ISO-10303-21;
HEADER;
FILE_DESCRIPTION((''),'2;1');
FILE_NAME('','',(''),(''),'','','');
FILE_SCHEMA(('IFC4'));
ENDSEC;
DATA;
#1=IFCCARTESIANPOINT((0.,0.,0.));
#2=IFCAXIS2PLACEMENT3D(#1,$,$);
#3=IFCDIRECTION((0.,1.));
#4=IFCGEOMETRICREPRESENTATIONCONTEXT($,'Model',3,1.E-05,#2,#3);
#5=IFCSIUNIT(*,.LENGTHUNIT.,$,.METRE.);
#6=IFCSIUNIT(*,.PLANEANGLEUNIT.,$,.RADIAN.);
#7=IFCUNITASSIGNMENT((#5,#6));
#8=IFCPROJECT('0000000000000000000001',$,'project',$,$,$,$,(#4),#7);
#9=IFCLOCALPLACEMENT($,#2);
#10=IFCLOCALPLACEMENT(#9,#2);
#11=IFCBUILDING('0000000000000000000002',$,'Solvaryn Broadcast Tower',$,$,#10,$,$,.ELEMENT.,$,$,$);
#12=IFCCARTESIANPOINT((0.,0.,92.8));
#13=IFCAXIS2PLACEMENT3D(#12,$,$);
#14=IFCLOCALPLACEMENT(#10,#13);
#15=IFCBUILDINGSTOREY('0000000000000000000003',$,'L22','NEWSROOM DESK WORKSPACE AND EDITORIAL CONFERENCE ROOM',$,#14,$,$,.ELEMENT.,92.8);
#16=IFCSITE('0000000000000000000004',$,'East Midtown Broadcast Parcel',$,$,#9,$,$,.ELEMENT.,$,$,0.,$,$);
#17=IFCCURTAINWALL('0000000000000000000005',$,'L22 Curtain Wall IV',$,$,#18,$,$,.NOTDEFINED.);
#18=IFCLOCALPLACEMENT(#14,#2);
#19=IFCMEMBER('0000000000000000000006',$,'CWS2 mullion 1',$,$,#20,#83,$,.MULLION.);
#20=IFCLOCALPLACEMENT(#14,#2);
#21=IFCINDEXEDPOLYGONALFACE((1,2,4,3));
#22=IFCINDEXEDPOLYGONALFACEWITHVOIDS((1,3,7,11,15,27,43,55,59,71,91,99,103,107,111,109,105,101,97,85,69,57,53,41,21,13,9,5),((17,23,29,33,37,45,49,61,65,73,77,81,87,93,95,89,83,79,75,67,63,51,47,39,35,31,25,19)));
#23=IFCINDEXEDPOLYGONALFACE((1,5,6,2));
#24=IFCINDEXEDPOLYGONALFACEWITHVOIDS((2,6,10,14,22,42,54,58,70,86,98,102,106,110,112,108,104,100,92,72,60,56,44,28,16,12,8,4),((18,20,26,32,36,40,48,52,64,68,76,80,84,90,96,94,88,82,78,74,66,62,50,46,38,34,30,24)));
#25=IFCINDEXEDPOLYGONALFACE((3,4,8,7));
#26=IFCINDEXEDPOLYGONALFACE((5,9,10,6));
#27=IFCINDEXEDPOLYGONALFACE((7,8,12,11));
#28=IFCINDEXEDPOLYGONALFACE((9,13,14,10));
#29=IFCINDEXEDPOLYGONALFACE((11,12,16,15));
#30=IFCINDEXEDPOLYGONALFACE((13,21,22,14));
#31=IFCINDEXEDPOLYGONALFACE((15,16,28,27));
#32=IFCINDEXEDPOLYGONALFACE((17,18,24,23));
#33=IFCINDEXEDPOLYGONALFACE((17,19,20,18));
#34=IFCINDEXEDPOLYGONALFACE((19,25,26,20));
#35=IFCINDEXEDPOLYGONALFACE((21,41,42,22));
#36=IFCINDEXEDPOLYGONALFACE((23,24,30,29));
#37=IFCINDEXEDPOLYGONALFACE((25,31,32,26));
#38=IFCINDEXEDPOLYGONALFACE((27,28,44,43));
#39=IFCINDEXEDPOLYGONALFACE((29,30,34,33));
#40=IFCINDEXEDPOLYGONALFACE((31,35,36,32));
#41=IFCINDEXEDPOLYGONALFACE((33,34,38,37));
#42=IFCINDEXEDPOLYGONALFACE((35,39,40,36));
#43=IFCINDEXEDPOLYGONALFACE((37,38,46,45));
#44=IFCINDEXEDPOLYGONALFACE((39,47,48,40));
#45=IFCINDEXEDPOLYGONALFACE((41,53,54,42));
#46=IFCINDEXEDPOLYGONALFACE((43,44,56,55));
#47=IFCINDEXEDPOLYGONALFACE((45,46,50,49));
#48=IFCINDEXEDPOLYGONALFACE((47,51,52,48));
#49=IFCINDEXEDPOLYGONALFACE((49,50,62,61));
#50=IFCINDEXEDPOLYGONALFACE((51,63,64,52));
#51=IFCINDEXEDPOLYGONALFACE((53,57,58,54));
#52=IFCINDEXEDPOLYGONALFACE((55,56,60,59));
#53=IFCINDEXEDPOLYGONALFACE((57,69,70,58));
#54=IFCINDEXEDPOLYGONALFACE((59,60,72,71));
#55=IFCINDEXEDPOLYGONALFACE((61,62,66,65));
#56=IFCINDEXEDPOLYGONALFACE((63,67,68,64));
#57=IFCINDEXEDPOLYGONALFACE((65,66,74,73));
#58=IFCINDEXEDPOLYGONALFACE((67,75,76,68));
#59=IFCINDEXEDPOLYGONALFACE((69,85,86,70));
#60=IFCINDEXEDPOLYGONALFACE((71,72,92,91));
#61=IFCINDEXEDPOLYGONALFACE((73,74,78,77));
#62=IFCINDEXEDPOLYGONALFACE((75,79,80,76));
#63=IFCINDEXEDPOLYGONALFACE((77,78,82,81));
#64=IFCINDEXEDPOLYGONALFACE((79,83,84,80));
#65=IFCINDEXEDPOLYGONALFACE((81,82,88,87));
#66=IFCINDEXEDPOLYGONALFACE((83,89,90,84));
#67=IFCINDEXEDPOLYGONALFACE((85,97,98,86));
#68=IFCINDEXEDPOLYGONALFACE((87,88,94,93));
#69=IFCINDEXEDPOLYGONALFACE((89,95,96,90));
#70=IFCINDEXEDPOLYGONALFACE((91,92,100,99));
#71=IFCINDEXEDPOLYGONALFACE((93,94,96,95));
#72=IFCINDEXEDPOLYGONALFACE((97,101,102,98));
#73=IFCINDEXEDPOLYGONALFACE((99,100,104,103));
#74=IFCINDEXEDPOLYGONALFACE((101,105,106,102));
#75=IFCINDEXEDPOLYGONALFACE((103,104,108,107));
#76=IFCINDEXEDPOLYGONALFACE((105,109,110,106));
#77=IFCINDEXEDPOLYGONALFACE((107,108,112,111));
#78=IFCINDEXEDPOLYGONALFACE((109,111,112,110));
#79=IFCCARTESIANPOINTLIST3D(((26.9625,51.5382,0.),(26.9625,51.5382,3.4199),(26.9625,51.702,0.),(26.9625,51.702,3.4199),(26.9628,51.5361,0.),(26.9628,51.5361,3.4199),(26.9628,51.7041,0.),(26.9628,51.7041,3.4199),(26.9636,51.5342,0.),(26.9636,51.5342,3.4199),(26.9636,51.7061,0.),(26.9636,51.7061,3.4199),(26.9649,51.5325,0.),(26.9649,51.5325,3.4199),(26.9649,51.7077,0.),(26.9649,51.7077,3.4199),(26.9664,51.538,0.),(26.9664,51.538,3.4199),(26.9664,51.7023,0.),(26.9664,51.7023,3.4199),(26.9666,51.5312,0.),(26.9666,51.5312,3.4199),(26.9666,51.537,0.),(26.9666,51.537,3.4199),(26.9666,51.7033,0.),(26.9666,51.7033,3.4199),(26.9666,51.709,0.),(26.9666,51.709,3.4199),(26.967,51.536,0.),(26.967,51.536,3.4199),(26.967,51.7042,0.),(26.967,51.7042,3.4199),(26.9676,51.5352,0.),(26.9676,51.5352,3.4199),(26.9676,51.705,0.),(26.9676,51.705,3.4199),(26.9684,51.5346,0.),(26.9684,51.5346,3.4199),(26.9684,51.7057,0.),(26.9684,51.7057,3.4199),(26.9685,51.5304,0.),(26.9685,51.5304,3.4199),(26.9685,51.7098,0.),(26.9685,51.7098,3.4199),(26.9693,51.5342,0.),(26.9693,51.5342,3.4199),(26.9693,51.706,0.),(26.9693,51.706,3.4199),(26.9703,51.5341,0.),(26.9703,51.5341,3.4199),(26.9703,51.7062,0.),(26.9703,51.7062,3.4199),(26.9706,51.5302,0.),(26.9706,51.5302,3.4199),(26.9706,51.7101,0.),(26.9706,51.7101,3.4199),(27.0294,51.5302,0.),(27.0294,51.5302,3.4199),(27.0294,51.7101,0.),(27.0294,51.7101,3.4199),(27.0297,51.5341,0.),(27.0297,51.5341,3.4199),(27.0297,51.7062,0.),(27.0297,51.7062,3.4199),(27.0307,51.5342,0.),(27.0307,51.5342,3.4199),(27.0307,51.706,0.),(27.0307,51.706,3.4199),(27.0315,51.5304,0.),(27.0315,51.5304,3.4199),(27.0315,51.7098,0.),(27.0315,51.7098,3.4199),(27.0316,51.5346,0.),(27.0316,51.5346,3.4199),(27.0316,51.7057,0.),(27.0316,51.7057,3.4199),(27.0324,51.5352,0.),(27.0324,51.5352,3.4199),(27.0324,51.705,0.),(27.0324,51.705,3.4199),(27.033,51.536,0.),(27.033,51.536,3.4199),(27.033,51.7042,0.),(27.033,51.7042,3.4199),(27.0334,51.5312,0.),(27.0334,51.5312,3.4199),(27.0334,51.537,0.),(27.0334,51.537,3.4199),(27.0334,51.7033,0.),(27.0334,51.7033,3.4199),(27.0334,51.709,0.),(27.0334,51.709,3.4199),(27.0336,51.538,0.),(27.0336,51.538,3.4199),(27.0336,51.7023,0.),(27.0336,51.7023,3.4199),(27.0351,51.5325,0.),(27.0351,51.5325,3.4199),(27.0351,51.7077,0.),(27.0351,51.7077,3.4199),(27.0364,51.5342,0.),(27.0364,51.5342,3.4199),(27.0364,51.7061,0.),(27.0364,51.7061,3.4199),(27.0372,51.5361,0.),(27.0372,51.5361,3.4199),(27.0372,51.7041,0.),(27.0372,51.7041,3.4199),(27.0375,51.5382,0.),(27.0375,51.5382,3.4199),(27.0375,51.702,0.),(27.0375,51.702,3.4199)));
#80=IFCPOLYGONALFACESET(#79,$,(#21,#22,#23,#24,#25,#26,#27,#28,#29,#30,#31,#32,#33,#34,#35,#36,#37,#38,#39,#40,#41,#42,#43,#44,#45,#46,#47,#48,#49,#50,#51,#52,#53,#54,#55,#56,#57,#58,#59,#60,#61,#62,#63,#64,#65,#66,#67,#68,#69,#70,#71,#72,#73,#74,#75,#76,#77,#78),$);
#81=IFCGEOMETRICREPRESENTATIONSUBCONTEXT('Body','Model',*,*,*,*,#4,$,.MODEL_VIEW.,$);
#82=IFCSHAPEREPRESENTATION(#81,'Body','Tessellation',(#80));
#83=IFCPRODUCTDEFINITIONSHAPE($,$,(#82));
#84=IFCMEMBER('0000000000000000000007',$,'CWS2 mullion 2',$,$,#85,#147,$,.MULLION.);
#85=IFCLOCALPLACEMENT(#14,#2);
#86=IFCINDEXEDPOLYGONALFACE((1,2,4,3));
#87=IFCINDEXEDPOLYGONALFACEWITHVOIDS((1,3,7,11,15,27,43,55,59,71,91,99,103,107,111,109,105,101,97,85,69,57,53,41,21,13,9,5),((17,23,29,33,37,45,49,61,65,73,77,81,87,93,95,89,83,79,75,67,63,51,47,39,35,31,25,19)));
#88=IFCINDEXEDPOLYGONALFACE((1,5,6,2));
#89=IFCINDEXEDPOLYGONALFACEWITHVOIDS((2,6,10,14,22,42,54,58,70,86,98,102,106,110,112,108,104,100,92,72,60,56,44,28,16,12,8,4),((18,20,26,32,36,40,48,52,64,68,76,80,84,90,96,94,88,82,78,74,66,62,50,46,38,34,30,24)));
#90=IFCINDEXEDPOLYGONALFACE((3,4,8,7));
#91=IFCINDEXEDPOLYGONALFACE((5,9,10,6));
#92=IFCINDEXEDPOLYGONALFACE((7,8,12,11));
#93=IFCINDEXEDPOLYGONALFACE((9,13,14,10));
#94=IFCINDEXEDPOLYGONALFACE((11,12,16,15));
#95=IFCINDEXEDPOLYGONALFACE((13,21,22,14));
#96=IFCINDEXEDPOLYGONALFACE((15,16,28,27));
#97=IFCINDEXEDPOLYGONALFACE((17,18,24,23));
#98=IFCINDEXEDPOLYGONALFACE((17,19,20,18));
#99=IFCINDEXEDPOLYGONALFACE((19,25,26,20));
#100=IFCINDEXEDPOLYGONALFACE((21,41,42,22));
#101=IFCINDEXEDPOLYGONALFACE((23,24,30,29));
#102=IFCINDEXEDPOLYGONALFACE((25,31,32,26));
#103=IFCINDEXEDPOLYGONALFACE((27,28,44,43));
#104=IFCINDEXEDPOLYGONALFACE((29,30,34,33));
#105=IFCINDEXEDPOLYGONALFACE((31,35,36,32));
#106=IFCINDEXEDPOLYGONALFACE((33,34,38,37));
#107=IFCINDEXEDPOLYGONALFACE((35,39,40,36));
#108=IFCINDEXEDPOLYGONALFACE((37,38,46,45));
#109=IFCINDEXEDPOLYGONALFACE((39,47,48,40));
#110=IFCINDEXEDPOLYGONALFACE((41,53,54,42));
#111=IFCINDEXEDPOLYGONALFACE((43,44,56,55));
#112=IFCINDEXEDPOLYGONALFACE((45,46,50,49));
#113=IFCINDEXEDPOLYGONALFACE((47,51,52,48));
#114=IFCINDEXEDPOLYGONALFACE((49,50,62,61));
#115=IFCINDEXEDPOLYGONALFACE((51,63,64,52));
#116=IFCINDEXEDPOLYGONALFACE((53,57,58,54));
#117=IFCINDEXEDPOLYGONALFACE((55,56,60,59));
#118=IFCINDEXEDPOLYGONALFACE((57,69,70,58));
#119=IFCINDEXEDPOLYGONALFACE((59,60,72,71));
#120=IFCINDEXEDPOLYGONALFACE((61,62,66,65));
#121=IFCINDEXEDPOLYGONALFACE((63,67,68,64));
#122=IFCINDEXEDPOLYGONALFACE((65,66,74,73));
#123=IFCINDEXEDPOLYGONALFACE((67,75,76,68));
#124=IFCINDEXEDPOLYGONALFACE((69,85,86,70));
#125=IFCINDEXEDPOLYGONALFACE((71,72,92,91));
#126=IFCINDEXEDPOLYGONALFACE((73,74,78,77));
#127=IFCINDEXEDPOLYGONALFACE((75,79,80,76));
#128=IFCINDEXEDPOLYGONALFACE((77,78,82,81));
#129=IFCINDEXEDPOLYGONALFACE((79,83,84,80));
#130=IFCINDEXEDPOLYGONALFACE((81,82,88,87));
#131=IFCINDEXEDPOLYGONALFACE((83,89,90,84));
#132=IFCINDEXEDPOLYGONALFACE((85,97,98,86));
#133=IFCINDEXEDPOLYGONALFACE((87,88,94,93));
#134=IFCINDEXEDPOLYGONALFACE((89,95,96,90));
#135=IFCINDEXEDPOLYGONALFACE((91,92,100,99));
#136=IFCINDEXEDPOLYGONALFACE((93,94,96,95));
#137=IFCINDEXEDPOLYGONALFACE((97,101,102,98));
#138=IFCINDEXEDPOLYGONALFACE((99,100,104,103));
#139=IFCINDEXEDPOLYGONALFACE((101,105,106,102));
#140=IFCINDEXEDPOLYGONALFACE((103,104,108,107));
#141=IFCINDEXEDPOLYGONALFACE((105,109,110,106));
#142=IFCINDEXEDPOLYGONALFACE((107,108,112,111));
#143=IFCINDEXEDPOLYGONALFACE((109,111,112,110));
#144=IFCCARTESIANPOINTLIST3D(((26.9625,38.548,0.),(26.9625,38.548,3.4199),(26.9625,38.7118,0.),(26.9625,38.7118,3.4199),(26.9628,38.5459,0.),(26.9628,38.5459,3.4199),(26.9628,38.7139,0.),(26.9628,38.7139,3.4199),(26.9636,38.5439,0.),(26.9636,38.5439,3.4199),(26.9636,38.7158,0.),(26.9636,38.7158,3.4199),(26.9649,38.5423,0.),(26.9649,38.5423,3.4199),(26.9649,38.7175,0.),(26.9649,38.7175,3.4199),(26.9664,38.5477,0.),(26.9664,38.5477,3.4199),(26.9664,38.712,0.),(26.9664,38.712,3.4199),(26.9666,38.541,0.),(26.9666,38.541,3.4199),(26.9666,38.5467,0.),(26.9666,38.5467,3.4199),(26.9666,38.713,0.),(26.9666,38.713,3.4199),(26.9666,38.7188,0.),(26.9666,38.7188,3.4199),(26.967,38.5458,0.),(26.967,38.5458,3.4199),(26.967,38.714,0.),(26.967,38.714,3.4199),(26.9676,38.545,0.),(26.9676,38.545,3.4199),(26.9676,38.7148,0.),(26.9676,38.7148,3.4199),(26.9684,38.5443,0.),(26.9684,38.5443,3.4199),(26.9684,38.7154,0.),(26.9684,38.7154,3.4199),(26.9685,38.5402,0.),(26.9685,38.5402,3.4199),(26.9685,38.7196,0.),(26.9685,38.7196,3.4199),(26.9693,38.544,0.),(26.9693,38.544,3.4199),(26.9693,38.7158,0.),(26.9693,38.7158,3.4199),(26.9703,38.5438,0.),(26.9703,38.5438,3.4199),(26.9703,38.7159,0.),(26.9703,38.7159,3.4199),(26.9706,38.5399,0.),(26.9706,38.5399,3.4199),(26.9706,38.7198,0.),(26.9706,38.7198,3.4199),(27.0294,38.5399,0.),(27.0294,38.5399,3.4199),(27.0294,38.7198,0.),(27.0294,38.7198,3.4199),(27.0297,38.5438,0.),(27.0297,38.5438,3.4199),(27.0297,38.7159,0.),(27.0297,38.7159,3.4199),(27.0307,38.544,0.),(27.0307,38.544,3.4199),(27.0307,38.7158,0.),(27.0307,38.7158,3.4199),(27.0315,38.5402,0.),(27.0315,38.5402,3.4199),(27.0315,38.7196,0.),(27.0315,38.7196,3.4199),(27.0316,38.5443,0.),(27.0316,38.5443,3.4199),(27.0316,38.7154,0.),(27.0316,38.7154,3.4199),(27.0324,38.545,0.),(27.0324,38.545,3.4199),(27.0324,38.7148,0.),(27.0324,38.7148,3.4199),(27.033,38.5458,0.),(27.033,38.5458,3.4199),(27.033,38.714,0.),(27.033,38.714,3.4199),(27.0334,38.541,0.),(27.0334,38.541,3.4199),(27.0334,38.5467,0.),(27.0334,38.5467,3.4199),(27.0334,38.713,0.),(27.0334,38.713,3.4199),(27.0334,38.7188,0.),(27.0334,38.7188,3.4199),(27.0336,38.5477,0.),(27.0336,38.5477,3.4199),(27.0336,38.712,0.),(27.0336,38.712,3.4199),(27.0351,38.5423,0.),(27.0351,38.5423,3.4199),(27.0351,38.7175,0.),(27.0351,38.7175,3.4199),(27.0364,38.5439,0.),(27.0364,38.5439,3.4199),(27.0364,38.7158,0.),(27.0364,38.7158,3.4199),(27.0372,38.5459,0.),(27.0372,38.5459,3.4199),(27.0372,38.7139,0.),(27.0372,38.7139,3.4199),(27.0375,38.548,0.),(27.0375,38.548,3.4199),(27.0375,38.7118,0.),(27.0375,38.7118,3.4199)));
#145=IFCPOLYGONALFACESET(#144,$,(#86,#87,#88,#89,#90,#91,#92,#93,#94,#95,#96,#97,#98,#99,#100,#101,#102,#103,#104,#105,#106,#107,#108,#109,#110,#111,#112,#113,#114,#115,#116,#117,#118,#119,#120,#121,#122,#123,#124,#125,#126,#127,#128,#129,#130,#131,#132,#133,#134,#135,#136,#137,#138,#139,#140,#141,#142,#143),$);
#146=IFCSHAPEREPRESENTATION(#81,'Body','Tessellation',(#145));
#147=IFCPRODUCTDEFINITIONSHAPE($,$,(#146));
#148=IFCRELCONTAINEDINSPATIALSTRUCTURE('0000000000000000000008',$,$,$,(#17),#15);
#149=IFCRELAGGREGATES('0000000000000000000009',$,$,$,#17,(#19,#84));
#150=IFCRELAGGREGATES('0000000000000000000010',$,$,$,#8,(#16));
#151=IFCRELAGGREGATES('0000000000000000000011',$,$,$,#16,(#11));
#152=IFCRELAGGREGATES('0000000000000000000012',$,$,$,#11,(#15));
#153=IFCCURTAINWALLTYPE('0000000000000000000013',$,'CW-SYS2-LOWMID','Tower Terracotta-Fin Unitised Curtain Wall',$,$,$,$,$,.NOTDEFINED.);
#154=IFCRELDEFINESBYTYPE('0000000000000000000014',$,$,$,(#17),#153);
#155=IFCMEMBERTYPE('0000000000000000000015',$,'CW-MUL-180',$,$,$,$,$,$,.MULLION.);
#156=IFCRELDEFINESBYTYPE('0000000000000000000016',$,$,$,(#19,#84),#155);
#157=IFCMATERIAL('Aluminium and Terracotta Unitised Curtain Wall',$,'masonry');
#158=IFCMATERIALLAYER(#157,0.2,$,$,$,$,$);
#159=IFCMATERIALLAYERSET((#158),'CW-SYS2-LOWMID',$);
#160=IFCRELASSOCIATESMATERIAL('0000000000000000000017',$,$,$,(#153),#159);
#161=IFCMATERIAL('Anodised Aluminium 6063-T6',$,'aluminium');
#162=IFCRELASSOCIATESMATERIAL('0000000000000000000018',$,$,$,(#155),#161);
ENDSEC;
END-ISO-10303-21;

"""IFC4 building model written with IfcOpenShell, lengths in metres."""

from ifc_helpers import new_model, si_unit, direction, frame, origin, origin_2d, place, context, subcontext, project, spatial, hollow_rectangle, extrude, material, layer, layer_set, material_profile, profile_set, type_object, element, aggregate, save


model = new_model("IFC4")

# Units and contexts
model_context = context("Model", 3, precision=1e-05, world=origin(), true_north=direction((0.0, 1.0)))
body_context = subcontext(model_context, "Body", "Model", "MODEL_VIEW")
ifc_project = project(units=[si_unit("LENGTHUNIT", "METRE"), si_unit("PLANEANGLEUNIT", "RADIAN")], contexts=[model_context])

# Site, building, storey
site_placement = place(None, origin())
site = spatial("IfcSite", under=ifc_project, at=site_placement, Name="East Midtown Broadcast Parcel", CompositionType="ELEMENT", RefElevation=0.0)
building_placement = place(site_placement, origin())
building = spatial("IfcBuilding", under=site, at=building_placement, Name="Solvaryn Broadcast Tower", CompositionType="ELEMENT")
storey_placement = place(building_placement, frame((0.0, 0.0, 92.8)))
storey = spatial("IfcBuildingStorey", under=building, at=storey_placement, Name="L22", Description="NEWSROOM DESK WORKSPACE AND EDITORIAL CONFERENCE ROOM", CompositionType="ELEMENT", Elevation=92.8)

# Curtain wall, members
ifc_material_1 = material(Name="Aluminium and Terracotta Unitised Curtain Wall", Category="masonry")
ifc_layer_1 = layer(ifc_material_1, 0.2)
ifc_layer_set_1 = layer_set([ifc_layer_1], Name="CW-SYS2-LOWMID")
curtain_wall_type = type_object("IfcCurtainWallType", Name="CW-SYS2-LOWMID", Description="Tower Terracotta-Fin Unitised Curtain Wall", PredefinedType="NOTDEFINED", material=ifc_layer_set_1)
curtain_wall_1_placement = place(storey_placement, origin())
curtain_wall_1 = element("IfcCurtainWall", 1, at=curtain_wall_1_placement, inside=storey, type_object=curtain_wall_type, Name="L22 Curtain Wall IV", PredefinedType="NOTDEFINED")
ifc_material_2 = material(Name="Anodised Aluminium 6063-T6", Category="aluminium")
ifc_material_profile_1 = material_profile(ifc_material_2, hollow_rectangle(XDim=0.075, YDim=0.1799, WallThickness=0.0039, InnerFilletRadius=0.0039, OuterFilletRadius=0.0081, at=origin_2d()))
ifc_profile_set_1 = profile_set([ifc_material_profile_1], Name="Anodised Aluminium 6063-T6")
member_type_1 = type_object("IfcMemberType", Name="CW-MUL-180", PredefinedType="MULLION", material=ifc_profile_set_1)
member_1_placement = place(storey_placement, frame((27.0, 51.6201, 0.0), z_axis=(0.0, 0.0, 1.0), x_axis=(1.0, 0.0, 0.0)))
member_1 = element("IfcMember", 2, at=member_1_placement, type_object=member_type_1, Name="CWS2 mullion 1", PredefinedType="MULLION", context=body_context, shape_type="SweptSolid", body=[
    extrude(hollow_rectangle(XDim=0.075, YDim=0.1799, WallThickness=0.0039, InnerFilletRadius=0.0039, OuterFilletRadius=0.0081, at=origin_2d()), origin(), (0.0, 0.0, 1.0), 3.4199),
])
member_2_placement = place(storey_placement, frame((27.0, 38.6299, 0.0), z_axis=(0.0, 0.0, 1.0), x_axis=(1.0, 0.0, 0.0)))
member_2 = element("IfcMember", 3, at=member_2_placement, type_object=member_type_1, Name="CWS2 mullion 2", PredefinedType="MULLION", context=body_context, shape_type="SweptSolid", body=[
    extrude(hollow_rectangle(XDim=0.075, YDim=0.1799, WallThickness=0.0039, InnerFilletRadius=0.0039, OuterFilletRadius=0.0081, at=origin_2d()), origin(), (0.0, 0.0, 1.0), 3.4199),
])

aggregate(curtain_wall_1, [member_1, member_2])

save(model, "model.ifc")
